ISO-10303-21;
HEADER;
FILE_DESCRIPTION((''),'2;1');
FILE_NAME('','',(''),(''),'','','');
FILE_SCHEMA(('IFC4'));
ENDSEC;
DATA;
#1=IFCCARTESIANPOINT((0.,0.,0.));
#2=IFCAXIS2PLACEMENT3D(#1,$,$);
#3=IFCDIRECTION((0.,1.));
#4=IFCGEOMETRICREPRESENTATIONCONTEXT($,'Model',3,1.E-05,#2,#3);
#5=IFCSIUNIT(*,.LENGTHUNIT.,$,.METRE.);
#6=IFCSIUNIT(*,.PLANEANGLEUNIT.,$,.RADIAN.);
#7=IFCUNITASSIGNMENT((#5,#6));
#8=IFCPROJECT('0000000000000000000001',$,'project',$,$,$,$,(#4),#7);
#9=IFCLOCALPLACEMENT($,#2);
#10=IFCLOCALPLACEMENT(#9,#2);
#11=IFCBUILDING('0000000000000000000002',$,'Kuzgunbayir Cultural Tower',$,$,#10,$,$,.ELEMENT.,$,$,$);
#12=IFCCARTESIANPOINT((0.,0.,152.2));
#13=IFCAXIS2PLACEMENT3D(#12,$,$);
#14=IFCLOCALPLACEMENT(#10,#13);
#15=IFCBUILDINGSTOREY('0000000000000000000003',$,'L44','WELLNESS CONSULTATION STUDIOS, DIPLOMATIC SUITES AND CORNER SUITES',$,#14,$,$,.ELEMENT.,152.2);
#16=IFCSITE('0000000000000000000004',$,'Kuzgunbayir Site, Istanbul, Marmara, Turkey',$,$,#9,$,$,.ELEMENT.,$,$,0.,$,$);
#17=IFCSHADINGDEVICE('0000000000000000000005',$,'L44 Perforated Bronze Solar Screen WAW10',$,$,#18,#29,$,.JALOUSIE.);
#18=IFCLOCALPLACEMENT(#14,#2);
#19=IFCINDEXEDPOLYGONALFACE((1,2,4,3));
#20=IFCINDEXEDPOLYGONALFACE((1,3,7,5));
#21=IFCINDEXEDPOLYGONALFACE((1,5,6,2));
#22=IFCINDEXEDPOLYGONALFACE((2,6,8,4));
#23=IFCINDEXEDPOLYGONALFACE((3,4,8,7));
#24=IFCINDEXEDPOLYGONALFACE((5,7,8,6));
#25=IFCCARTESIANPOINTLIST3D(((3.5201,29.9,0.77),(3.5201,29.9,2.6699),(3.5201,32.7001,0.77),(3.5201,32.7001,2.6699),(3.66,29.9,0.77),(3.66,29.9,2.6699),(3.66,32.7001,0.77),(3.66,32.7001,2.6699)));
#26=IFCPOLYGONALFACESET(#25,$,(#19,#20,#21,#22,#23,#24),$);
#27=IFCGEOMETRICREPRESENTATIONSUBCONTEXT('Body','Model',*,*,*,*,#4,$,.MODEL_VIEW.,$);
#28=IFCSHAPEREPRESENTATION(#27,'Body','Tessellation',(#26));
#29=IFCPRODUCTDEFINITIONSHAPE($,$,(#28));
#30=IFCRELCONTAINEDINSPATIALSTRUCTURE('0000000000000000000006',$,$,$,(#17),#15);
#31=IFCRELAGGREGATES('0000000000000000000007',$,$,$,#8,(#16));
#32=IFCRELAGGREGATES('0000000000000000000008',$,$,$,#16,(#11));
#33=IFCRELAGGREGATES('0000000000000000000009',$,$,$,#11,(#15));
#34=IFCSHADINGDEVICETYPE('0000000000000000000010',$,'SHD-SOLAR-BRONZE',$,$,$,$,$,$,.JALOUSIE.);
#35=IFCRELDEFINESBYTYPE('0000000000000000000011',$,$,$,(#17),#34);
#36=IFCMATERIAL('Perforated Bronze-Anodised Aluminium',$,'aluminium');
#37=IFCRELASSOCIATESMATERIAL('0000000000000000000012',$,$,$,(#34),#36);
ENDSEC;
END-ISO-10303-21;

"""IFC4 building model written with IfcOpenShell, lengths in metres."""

from ifc_helpers import new_model, si_unit, direction, frame, origin, origin_2d, place, context, subcontext, project, spatial, rectangle, extrude, material, type_object, element, save


model = new_model("IFC4")

# Units and contexts
model_context = context("Model", 3, precision=1e-05, world=origin(), true_north=direction((0.0, 1.0)))
body_context = subcontext(model_context, "Body", "Model", "MODEL_VIEW")
ifc_project = project(units=[si_unit("LENGTHUNIT", "METRE"), si_unit("PLANEANGLEUNIT", "RADIAN")], contexts=[model_context])

# Site, building, storey
site_placement = place(None, origin())
site = spatial("IfcSite", under=ifc_project, at=site_placement, Name="Kuzgunbayir Site, Istanbul, Marmara, Turkey", CompositionType="ELEMENT", RefElevation=0.0)
building_placement = place(site_placement, origin())
building = spatial("IfcBuilding", under=site, at=building_placement, Name="Kuzgunbayir Cultural Tower", CompositionType="ELEMENT")
storey_placement = place(building_placement, frame((0.0, 0.0, 152.2)))
storey = spatial("IfcBuildingStorey", under=building, at=storey_placement, Name="L44", Description="WELLNESS CONSULTATION STUDIOS, DIPLOMATIC SUITES AND CORNER SUITES", CompositionType="ELEMENT", Elevation=152.2)

# Shading device
ifc_material_1 = material(Name="Perforated Bronze-Anodised Aluminium", Category="aluminium")
shading_device_type = type_object("IfcShadingDeviceType", Name="SHD-SOLAR-BRONZE", PredefinedType="JALOUSIE", material=ifc_material_1)
shading_device_placement = place(storey_placement, frame((3.5901, 31.3, 0.77), z_axis=(0.0, 0.0, 1.0), x_axis=(1.0, 0.0, 0.0)))
element("IfcShadingDevice", 1, at=shading_device_placement, inside=storey, type_object=shading_device_type, Name="L44 Perforated Bronze Solar Screen WAW10", PredefinedType="JALOUSIE", context=body_context, shape_type="SweptSolid", body=[
    extrude(rectangle(XDim=0.1399, YDim=2.8, at=origin_2d()), origin(), (0.0, 0.0, 1.0), 1.8999),
])

save(model, "model.ifc")
